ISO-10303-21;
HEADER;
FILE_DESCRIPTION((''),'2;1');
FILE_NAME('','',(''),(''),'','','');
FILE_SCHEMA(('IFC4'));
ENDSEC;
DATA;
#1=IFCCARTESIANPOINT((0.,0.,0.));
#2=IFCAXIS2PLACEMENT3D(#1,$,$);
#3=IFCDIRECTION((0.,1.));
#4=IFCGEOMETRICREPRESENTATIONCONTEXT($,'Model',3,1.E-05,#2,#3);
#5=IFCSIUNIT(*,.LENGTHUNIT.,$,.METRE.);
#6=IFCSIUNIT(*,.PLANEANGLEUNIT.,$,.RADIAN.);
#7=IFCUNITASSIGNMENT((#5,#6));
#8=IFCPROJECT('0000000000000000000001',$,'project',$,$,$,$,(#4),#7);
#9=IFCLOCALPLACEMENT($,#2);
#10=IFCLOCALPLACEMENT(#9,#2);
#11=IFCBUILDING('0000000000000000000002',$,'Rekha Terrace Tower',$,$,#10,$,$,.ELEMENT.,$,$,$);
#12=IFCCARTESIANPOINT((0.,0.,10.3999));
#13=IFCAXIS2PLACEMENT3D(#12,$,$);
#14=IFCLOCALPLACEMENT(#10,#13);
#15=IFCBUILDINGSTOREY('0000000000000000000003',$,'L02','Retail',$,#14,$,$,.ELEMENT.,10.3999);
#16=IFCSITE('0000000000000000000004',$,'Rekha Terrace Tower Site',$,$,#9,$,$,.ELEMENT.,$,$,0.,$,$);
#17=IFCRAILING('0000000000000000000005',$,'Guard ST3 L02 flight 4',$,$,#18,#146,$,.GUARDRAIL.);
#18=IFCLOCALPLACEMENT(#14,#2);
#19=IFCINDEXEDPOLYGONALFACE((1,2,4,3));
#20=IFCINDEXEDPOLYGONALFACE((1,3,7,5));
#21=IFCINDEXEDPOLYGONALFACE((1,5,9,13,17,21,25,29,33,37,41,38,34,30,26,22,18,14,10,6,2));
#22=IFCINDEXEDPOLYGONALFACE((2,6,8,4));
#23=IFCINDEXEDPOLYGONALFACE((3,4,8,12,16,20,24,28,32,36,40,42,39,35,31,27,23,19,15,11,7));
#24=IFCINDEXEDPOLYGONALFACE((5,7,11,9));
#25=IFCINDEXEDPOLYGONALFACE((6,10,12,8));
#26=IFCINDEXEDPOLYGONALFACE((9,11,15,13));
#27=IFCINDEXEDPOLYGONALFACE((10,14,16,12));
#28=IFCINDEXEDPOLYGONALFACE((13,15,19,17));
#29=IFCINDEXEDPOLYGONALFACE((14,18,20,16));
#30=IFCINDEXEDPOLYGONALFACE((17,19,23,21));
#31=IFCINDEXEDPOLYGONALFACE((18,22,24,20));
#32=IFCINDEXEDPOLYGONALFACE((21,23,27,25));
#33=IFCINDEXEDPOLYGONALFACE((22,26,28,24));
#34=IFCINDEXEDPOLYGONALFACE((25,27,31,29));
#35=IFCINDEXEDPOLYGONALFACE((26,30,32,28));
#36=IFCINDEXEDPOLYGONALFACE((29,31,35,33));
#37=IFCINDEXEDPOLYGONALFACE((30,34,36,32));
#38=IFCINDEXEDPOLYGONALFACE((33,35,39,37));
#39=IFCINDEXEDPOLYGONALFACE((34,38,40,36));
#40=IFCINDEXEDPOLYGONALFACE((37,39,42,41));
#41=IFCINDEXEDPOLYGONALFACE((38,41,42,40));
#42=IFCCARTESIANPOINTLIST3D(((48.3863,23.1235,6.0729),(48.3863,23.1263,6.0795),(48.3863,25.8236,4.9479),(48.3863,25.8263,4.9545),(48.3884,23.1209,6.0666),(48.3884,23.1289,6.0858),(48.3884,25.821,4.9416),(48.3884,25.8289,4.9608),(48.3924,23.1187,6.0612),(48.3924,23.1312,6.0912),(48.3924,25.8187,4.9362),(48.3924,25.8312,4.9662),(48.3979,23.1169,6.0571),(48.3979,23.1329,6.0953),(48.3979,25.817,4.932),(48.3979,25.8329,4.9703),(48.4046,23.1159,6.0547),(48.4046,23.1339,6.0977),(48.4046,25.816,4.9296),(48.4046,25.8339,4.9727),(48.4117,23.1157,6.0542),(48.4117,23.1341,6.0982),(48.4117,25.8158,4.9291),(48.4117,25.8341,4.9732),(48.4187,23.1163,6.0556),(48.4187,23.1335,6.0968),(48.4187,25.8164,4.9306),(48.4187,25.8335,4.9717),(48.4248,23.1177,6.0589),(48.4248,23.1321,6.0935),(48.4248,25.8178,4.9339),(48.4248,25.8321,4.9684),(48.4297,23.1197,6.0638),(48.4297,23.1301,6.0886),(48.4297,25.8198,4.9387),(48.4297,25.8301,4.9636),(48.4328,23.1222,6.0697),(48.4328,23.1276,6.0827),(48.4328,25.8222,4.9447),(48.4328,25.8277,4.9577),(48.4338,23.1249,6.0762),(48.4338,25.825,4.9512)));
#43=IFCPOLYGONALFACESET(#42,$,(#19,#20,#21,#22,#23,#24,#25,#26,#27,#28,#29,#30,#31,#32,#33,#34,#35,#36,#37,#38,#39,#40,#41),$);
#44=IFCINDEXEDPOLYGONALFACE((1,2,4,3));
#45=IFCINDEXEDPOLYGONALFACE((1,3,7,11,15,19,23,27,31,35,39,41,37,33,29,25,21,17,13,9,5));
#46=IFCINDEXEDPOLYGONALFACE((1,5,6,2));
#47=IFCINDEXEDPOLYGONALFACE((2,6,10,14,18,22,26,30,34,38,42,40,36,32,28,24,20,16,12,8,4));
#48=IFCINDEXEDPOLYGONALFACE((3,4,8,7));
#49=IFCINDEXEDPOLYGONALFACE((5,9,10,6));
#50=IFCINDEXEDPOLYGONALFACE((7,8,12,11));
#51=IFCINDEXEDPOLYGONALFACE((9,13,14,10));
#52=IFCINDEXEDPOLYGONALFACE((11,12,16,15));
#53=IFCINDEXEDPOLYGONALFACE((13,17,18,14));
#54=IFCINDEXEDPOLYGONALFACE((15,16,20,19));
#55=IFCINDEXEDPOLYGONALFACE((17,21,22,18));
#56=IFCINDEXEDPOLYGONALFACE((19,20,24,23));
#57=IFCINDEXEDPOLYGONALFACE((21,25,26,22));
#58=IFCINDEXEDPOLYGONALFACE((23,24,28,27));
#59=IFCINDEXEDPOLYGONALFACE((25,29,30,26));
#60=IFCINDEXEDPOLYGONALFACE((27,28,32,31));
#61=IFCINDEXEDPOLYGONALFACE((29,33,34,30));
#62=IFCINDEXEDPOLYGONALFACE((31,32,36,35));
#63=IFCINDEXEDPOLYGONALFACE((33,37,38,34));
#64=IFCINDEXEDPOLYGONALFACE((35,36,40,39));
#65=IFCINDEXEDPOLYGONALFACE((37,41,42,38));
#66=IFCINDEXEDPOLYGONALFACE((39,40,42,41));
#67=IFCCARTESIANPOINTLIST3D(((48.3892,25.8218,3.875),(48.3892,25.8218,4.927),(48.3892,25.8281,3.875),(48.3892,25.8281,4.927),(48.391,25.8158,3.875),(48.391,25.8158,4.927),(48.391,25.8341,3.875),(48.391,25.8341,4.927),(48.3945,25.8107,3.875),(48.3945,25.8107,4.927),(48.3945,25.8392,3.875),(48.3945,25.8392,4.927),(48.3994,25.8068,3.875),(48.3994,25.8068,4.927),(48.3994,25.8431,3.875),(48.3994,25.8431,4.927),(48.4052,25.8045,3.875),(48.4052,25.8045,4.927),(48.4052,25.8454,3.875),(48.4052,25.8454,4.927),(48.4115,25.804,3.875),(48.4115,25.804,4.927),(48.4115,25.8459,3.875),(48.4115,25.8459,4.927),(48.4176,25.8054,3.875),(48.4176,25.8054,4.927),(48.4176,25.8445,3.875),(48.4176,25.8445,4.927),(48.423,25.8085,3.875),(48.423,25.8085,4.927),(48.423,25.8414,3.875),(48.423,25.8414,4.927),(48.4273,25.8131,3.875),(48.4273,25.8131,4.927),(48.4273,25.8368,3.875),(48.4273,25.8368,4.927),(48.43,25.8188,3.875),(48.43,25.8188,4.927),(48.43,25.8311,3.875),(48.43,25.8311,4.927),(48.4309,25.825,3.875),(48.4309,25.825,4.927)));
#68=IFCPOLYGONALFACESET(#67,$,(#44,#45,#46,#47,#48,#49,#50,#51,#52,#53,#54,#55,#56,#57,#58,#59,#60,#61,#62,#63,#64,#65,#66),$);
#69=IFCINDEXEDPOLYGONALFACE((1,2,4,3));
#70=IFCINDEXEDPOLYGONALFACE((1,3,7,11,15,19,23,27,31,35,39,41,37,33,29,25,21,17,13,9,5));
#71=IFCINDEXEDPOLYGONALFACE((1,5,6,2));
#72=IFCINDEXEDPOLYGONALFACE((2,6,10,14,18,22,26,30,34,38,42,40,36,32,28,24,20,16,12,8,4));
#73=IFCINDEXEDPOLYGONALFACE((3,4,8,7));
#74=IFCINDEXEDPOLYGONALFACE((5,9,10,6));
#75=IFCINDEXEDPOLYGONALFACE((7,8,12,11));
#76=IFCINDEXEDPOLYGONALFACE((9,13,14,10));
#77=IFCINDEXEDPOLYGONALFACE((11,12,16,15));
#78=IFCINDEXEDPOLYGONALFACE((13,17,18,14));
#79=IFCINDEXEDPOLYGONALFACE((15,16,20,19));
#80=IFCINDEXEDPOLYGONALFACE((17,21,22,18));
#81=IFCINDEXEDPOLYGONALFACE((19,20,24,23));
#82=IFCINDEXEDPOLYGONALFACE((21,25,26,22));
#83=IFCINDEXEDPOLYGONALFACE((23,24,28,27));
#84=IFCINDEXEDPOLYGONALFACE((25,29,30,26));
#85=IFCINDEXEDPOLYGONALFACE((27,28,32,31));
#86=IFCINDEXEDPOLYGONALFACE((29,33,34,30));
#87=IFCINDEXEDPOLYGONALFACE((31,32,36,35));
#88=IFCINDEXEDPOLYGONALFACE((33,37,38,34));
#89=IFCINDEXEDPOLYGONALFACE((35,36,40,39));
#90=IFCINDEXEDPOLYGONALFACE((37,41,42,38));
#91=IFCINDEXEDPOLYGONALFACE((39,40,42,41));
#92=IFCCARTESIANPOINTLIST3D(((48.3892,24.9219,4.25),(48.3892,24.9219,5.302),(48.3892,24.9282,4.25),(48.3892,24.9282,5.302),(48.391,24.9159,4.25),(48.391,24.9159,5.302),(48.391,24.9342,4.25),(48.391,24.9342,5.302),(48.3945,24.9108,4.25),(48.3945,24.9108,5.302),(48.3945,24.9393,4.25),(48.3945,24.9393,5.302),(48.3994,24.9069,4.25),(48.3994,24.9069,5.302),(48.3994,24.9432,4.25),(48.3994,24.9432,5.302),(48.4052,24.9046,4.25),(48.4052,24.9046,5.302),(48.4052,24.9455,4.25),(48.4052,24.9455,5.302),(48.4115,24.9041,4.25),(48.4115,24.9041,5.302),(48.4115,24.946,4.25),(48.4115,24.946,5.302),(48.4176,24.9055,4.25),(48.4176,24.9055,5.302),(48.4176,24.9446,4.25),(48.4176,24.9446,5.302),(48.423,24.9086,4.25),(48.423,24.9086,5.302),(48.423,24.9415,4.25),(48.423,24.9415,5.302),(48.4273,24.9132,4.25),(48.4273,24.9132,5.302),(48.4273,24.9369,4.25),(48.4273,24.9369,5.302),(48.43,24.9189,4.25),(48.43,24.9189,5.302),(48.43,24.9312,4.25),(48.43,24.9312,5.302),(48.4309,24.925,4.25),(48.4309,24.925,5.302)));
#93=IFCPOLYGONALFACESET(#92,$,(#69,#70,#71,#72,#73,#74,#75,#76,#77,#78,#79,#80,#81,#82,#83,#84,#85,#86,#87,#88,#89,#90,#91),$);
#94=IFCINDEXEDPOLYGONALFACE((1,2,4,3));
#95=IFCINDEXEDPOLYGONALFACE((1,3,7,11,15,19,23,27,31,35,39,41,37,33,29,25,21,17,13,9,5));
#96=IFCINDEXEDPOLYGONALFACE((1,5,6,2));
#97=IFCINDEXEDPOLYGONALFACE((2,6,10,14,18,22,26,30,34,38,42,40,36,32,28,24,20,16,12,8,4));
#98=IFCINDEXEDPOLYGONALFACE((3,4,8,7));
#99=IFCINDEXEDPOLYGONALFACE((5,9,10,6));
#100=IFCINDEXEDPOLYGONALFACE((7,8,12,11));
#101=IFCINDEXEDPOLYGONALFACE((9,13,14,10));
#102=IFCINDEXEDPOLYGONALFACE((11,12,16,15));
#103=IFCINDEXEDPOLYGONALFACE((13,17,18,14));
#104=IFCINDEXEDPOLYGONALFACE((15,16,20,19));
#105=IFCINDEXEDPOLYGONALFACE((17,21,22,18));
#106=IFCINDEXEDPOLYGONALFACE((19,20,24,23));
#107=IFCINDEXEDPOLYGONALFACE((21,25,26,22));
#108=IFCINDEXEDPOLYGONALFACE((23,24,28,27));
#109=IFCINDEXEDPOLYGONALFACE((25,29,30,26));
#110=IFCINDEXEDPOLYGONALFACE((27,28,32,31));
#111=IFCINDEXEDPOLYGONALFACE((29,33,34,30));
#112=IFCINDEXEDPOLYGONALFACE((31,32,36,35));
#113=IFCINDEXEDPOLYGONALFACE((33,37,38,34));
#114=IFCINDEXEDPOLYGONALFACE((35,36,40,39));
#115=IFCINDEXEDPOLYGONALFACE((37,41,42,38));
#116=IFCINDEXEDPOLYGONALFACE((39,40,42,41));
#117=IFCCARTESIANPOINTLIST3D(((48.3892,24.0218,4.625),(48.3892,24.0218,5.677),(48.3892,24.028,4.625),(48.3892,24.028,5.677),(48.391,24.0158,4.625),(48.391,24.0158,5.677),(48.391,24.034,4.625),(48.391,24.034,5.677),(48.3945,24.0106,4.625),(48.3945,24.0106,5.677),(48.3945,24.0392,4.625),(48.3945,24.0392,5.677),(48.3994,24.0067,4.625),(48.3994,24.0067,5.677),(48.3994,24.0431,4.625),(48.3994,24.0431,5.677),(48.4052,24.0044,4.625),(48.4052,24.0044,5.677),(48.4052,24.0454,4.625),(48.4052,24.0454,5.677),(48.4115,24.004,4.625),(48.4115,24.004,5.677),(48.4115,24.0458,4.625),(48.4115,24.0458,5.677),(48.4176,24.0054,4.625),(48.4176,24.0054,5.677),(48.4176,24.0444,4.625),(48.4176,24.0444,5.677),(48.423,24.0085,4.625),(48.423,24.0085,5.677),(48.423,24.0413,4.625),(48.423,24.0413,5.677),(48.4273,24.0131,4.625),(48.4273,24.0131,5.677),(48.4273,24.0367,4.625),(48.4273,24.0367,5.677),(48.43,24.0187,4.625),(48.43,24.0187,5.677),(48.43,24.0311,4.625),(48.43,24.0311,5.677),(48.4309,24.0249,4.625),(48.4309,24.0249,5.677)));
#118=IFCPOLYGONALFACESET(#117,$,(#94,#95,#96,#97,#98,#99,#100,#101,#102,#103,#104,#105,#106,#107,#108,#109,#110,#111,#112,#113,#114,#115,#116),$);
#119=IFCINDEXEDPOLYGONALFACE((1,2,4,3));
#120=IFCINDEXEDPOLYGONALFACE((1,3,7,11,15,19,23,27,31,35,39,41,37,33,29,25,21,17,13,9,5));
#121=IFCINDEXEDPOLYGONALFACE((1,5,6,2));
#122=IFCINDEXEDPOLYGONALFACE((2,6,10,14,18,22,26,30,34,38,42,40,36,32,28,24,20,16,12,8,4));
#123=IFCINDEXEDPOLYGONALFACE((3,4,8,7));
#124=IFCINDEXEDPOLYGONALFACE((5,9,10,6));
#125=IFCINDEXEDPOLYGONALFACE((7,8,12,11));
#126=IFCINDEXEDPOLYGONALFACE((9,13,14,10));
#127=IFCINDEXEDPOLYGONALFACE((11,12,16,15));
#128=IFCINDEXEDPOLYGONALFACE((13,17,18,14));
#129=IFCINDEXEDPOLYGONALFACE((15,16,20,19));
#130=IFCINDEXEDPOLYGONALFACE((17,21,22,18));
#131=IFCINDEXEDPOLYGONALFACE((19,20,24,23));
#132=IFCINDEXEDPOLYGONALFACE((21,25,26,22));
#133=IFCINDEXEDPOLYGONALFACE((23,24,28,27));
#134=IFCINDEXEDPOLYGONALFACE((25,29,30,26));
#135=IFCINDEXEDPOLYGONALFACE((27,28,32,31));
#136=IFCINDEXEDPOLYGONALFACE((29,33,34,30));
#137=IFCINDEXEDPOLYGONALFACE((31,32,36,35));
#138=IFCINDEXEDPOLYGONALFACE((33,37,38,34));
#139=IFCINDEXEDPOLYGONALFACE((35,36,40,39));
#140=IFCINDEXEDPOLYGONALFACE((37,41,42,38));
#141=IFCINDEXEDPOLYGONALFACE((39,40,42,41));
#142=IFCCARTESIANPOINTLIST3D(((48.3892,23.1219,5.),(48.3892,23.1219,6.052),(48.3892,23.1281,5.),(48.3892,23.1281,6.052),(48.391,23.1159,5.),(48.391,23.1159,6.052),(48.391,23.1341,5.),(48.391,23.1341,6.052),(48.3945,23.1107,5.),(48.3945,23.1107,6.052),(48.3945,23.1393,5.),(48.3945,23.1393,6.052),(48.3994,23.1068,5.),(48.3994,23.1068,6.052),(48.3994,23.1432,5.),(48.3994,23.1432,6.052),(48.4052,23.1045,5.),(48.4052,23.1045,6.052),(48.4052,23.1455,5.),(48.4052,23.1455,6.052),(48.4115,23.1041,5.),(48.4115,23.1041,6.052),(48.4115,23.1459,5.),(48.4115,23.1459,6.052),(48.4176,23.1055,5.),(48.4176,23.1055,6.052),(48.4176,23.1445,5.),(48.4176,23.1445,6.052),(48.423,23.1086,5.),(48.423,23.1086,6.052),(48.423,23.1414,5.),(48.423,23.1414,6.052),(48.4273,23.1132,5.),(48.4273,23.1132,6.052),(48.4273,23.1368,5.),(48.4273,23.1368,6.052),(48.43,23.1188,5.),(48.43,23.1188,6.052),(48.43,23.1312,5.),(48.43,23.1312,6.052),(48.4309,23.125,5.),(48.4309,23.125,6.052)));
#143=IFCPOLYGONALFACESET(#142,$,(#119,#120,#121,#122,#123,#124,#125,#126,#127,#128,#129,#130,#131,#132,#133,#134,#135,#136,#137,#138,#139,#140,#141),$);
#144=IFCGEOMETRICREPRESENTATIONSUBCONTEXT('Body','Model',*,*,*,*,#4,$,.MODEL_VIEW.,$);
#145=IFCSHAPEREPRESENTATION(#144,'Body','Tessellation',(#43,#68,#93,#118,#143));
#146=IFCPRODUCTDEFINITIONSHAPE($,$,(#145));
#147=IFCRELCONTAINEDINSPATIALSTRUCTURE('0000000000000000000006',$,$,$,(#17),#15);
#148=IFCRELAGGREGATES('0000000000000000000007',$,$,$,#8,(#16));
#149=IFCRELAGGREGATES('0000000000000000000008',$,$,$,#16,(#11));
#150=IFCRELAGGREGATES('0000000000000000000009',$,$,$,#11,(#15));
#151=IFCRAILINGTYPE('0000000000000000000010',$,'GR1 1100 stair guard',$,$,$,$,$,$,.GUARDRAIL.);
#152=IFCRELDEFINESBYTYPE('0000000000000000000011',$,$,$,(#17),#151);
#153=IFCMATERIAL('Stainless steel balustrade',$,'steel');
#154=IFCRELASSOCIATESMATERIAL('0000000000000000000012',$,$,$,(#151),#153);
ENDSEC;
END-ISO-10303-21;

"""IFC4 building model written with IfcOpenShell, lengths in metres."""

from ifc_helpers import new_model, si_unit, direction, frame, origin, origin_2d, place, context, subcontext, project, spatial, circle, extrude, material, type_object, element, save


model = new_model("IFC4")

# Units and contexts
model_context = context("Model", 3, precision=1e-05, world=origin(), true_north=direction((0.0, 1.0)))
body_context = subcontext(model_context, "Body", "Model", "MODEL_VIEW")
ifc_project = project(units=[si_unit("LENGTHUNIT", "METRE"), si_unit("PLANEANGLEUNIT", "RADIAN")], contexts=[model_context])

# Site, building, storey
site_placement = place(None, origin())
site = spatial("IfcSite", under=ifc_project, at=site_placement, Name="Rekha Terrace Tower Site", CompositionType="ELEMENT", RefElevation=0.0)
building_placement = place(site_placement, origin())
building = spatial("IfcBuilding", under=site, at=building_placement, Name="Rekha Terrace Tower", CompositionType="ELEMENT")
storey_placement = place(building_placement, frame((0.0, 0.0, 10.3999)))
storey = spatial("IfcBuildingStorey", under=building, at=storey_placement, Name="L02", Description="Retail", CompositionType="ELEMENT", Elevation=10.3999)

# Railing
ifc_material_1 = material(Name="Stainless steel balustrade", Category="steel")
railing_type_1 = type_object("IfcRailingType", Name="GR1 1100 stair guard", PredefinedType="GUARDRAIL", material=ifc_material_1)
railing_1_placement = place(storey_placement, frame((48.4099, 25.825, 3.875)))
element("IfcRailing", 1, at=railing_1_placement, inside=storey, type_object=railing_type_1, Name="Guard ST3 L02 flight 4", PredefinedType="GUARDRAIL", context=body_context, shape_type="SweptSolid", body=[
    extrude(circle(Radius=0.0239, at=origin_2d()), frame((0.0, 0.0, 1.0762), z_axis=(0.0, -0.923074, 0.384621), x_axis=(1.0, 0.0, 0.0)), (0.0, 0.0, 1.0), 2.925),
    extrude(circle(Radius=0.021, at=origin_2d()), origin(), (0.0, 0.0, 1.0), 1.052),
    extrude(circle(Radius=0.021, at=origin_2d()), frame((0.0, -0.8999, 0.375)), (0.0, 0.0, 1.0), 1.052),
    extrude(circle(Radius=0.021, at=origin_2d()), frame((0.0, -1.8, 0.75)), (0.0, 0.0, 1.0), 1.052),
    extrude(circle(Radius=0.021, at=origin_2d()), frame((0.0, -2.7, 1.125)), (0.0, 0.0, 1.0), 1.052),
])

save(model, "model.ifc")
